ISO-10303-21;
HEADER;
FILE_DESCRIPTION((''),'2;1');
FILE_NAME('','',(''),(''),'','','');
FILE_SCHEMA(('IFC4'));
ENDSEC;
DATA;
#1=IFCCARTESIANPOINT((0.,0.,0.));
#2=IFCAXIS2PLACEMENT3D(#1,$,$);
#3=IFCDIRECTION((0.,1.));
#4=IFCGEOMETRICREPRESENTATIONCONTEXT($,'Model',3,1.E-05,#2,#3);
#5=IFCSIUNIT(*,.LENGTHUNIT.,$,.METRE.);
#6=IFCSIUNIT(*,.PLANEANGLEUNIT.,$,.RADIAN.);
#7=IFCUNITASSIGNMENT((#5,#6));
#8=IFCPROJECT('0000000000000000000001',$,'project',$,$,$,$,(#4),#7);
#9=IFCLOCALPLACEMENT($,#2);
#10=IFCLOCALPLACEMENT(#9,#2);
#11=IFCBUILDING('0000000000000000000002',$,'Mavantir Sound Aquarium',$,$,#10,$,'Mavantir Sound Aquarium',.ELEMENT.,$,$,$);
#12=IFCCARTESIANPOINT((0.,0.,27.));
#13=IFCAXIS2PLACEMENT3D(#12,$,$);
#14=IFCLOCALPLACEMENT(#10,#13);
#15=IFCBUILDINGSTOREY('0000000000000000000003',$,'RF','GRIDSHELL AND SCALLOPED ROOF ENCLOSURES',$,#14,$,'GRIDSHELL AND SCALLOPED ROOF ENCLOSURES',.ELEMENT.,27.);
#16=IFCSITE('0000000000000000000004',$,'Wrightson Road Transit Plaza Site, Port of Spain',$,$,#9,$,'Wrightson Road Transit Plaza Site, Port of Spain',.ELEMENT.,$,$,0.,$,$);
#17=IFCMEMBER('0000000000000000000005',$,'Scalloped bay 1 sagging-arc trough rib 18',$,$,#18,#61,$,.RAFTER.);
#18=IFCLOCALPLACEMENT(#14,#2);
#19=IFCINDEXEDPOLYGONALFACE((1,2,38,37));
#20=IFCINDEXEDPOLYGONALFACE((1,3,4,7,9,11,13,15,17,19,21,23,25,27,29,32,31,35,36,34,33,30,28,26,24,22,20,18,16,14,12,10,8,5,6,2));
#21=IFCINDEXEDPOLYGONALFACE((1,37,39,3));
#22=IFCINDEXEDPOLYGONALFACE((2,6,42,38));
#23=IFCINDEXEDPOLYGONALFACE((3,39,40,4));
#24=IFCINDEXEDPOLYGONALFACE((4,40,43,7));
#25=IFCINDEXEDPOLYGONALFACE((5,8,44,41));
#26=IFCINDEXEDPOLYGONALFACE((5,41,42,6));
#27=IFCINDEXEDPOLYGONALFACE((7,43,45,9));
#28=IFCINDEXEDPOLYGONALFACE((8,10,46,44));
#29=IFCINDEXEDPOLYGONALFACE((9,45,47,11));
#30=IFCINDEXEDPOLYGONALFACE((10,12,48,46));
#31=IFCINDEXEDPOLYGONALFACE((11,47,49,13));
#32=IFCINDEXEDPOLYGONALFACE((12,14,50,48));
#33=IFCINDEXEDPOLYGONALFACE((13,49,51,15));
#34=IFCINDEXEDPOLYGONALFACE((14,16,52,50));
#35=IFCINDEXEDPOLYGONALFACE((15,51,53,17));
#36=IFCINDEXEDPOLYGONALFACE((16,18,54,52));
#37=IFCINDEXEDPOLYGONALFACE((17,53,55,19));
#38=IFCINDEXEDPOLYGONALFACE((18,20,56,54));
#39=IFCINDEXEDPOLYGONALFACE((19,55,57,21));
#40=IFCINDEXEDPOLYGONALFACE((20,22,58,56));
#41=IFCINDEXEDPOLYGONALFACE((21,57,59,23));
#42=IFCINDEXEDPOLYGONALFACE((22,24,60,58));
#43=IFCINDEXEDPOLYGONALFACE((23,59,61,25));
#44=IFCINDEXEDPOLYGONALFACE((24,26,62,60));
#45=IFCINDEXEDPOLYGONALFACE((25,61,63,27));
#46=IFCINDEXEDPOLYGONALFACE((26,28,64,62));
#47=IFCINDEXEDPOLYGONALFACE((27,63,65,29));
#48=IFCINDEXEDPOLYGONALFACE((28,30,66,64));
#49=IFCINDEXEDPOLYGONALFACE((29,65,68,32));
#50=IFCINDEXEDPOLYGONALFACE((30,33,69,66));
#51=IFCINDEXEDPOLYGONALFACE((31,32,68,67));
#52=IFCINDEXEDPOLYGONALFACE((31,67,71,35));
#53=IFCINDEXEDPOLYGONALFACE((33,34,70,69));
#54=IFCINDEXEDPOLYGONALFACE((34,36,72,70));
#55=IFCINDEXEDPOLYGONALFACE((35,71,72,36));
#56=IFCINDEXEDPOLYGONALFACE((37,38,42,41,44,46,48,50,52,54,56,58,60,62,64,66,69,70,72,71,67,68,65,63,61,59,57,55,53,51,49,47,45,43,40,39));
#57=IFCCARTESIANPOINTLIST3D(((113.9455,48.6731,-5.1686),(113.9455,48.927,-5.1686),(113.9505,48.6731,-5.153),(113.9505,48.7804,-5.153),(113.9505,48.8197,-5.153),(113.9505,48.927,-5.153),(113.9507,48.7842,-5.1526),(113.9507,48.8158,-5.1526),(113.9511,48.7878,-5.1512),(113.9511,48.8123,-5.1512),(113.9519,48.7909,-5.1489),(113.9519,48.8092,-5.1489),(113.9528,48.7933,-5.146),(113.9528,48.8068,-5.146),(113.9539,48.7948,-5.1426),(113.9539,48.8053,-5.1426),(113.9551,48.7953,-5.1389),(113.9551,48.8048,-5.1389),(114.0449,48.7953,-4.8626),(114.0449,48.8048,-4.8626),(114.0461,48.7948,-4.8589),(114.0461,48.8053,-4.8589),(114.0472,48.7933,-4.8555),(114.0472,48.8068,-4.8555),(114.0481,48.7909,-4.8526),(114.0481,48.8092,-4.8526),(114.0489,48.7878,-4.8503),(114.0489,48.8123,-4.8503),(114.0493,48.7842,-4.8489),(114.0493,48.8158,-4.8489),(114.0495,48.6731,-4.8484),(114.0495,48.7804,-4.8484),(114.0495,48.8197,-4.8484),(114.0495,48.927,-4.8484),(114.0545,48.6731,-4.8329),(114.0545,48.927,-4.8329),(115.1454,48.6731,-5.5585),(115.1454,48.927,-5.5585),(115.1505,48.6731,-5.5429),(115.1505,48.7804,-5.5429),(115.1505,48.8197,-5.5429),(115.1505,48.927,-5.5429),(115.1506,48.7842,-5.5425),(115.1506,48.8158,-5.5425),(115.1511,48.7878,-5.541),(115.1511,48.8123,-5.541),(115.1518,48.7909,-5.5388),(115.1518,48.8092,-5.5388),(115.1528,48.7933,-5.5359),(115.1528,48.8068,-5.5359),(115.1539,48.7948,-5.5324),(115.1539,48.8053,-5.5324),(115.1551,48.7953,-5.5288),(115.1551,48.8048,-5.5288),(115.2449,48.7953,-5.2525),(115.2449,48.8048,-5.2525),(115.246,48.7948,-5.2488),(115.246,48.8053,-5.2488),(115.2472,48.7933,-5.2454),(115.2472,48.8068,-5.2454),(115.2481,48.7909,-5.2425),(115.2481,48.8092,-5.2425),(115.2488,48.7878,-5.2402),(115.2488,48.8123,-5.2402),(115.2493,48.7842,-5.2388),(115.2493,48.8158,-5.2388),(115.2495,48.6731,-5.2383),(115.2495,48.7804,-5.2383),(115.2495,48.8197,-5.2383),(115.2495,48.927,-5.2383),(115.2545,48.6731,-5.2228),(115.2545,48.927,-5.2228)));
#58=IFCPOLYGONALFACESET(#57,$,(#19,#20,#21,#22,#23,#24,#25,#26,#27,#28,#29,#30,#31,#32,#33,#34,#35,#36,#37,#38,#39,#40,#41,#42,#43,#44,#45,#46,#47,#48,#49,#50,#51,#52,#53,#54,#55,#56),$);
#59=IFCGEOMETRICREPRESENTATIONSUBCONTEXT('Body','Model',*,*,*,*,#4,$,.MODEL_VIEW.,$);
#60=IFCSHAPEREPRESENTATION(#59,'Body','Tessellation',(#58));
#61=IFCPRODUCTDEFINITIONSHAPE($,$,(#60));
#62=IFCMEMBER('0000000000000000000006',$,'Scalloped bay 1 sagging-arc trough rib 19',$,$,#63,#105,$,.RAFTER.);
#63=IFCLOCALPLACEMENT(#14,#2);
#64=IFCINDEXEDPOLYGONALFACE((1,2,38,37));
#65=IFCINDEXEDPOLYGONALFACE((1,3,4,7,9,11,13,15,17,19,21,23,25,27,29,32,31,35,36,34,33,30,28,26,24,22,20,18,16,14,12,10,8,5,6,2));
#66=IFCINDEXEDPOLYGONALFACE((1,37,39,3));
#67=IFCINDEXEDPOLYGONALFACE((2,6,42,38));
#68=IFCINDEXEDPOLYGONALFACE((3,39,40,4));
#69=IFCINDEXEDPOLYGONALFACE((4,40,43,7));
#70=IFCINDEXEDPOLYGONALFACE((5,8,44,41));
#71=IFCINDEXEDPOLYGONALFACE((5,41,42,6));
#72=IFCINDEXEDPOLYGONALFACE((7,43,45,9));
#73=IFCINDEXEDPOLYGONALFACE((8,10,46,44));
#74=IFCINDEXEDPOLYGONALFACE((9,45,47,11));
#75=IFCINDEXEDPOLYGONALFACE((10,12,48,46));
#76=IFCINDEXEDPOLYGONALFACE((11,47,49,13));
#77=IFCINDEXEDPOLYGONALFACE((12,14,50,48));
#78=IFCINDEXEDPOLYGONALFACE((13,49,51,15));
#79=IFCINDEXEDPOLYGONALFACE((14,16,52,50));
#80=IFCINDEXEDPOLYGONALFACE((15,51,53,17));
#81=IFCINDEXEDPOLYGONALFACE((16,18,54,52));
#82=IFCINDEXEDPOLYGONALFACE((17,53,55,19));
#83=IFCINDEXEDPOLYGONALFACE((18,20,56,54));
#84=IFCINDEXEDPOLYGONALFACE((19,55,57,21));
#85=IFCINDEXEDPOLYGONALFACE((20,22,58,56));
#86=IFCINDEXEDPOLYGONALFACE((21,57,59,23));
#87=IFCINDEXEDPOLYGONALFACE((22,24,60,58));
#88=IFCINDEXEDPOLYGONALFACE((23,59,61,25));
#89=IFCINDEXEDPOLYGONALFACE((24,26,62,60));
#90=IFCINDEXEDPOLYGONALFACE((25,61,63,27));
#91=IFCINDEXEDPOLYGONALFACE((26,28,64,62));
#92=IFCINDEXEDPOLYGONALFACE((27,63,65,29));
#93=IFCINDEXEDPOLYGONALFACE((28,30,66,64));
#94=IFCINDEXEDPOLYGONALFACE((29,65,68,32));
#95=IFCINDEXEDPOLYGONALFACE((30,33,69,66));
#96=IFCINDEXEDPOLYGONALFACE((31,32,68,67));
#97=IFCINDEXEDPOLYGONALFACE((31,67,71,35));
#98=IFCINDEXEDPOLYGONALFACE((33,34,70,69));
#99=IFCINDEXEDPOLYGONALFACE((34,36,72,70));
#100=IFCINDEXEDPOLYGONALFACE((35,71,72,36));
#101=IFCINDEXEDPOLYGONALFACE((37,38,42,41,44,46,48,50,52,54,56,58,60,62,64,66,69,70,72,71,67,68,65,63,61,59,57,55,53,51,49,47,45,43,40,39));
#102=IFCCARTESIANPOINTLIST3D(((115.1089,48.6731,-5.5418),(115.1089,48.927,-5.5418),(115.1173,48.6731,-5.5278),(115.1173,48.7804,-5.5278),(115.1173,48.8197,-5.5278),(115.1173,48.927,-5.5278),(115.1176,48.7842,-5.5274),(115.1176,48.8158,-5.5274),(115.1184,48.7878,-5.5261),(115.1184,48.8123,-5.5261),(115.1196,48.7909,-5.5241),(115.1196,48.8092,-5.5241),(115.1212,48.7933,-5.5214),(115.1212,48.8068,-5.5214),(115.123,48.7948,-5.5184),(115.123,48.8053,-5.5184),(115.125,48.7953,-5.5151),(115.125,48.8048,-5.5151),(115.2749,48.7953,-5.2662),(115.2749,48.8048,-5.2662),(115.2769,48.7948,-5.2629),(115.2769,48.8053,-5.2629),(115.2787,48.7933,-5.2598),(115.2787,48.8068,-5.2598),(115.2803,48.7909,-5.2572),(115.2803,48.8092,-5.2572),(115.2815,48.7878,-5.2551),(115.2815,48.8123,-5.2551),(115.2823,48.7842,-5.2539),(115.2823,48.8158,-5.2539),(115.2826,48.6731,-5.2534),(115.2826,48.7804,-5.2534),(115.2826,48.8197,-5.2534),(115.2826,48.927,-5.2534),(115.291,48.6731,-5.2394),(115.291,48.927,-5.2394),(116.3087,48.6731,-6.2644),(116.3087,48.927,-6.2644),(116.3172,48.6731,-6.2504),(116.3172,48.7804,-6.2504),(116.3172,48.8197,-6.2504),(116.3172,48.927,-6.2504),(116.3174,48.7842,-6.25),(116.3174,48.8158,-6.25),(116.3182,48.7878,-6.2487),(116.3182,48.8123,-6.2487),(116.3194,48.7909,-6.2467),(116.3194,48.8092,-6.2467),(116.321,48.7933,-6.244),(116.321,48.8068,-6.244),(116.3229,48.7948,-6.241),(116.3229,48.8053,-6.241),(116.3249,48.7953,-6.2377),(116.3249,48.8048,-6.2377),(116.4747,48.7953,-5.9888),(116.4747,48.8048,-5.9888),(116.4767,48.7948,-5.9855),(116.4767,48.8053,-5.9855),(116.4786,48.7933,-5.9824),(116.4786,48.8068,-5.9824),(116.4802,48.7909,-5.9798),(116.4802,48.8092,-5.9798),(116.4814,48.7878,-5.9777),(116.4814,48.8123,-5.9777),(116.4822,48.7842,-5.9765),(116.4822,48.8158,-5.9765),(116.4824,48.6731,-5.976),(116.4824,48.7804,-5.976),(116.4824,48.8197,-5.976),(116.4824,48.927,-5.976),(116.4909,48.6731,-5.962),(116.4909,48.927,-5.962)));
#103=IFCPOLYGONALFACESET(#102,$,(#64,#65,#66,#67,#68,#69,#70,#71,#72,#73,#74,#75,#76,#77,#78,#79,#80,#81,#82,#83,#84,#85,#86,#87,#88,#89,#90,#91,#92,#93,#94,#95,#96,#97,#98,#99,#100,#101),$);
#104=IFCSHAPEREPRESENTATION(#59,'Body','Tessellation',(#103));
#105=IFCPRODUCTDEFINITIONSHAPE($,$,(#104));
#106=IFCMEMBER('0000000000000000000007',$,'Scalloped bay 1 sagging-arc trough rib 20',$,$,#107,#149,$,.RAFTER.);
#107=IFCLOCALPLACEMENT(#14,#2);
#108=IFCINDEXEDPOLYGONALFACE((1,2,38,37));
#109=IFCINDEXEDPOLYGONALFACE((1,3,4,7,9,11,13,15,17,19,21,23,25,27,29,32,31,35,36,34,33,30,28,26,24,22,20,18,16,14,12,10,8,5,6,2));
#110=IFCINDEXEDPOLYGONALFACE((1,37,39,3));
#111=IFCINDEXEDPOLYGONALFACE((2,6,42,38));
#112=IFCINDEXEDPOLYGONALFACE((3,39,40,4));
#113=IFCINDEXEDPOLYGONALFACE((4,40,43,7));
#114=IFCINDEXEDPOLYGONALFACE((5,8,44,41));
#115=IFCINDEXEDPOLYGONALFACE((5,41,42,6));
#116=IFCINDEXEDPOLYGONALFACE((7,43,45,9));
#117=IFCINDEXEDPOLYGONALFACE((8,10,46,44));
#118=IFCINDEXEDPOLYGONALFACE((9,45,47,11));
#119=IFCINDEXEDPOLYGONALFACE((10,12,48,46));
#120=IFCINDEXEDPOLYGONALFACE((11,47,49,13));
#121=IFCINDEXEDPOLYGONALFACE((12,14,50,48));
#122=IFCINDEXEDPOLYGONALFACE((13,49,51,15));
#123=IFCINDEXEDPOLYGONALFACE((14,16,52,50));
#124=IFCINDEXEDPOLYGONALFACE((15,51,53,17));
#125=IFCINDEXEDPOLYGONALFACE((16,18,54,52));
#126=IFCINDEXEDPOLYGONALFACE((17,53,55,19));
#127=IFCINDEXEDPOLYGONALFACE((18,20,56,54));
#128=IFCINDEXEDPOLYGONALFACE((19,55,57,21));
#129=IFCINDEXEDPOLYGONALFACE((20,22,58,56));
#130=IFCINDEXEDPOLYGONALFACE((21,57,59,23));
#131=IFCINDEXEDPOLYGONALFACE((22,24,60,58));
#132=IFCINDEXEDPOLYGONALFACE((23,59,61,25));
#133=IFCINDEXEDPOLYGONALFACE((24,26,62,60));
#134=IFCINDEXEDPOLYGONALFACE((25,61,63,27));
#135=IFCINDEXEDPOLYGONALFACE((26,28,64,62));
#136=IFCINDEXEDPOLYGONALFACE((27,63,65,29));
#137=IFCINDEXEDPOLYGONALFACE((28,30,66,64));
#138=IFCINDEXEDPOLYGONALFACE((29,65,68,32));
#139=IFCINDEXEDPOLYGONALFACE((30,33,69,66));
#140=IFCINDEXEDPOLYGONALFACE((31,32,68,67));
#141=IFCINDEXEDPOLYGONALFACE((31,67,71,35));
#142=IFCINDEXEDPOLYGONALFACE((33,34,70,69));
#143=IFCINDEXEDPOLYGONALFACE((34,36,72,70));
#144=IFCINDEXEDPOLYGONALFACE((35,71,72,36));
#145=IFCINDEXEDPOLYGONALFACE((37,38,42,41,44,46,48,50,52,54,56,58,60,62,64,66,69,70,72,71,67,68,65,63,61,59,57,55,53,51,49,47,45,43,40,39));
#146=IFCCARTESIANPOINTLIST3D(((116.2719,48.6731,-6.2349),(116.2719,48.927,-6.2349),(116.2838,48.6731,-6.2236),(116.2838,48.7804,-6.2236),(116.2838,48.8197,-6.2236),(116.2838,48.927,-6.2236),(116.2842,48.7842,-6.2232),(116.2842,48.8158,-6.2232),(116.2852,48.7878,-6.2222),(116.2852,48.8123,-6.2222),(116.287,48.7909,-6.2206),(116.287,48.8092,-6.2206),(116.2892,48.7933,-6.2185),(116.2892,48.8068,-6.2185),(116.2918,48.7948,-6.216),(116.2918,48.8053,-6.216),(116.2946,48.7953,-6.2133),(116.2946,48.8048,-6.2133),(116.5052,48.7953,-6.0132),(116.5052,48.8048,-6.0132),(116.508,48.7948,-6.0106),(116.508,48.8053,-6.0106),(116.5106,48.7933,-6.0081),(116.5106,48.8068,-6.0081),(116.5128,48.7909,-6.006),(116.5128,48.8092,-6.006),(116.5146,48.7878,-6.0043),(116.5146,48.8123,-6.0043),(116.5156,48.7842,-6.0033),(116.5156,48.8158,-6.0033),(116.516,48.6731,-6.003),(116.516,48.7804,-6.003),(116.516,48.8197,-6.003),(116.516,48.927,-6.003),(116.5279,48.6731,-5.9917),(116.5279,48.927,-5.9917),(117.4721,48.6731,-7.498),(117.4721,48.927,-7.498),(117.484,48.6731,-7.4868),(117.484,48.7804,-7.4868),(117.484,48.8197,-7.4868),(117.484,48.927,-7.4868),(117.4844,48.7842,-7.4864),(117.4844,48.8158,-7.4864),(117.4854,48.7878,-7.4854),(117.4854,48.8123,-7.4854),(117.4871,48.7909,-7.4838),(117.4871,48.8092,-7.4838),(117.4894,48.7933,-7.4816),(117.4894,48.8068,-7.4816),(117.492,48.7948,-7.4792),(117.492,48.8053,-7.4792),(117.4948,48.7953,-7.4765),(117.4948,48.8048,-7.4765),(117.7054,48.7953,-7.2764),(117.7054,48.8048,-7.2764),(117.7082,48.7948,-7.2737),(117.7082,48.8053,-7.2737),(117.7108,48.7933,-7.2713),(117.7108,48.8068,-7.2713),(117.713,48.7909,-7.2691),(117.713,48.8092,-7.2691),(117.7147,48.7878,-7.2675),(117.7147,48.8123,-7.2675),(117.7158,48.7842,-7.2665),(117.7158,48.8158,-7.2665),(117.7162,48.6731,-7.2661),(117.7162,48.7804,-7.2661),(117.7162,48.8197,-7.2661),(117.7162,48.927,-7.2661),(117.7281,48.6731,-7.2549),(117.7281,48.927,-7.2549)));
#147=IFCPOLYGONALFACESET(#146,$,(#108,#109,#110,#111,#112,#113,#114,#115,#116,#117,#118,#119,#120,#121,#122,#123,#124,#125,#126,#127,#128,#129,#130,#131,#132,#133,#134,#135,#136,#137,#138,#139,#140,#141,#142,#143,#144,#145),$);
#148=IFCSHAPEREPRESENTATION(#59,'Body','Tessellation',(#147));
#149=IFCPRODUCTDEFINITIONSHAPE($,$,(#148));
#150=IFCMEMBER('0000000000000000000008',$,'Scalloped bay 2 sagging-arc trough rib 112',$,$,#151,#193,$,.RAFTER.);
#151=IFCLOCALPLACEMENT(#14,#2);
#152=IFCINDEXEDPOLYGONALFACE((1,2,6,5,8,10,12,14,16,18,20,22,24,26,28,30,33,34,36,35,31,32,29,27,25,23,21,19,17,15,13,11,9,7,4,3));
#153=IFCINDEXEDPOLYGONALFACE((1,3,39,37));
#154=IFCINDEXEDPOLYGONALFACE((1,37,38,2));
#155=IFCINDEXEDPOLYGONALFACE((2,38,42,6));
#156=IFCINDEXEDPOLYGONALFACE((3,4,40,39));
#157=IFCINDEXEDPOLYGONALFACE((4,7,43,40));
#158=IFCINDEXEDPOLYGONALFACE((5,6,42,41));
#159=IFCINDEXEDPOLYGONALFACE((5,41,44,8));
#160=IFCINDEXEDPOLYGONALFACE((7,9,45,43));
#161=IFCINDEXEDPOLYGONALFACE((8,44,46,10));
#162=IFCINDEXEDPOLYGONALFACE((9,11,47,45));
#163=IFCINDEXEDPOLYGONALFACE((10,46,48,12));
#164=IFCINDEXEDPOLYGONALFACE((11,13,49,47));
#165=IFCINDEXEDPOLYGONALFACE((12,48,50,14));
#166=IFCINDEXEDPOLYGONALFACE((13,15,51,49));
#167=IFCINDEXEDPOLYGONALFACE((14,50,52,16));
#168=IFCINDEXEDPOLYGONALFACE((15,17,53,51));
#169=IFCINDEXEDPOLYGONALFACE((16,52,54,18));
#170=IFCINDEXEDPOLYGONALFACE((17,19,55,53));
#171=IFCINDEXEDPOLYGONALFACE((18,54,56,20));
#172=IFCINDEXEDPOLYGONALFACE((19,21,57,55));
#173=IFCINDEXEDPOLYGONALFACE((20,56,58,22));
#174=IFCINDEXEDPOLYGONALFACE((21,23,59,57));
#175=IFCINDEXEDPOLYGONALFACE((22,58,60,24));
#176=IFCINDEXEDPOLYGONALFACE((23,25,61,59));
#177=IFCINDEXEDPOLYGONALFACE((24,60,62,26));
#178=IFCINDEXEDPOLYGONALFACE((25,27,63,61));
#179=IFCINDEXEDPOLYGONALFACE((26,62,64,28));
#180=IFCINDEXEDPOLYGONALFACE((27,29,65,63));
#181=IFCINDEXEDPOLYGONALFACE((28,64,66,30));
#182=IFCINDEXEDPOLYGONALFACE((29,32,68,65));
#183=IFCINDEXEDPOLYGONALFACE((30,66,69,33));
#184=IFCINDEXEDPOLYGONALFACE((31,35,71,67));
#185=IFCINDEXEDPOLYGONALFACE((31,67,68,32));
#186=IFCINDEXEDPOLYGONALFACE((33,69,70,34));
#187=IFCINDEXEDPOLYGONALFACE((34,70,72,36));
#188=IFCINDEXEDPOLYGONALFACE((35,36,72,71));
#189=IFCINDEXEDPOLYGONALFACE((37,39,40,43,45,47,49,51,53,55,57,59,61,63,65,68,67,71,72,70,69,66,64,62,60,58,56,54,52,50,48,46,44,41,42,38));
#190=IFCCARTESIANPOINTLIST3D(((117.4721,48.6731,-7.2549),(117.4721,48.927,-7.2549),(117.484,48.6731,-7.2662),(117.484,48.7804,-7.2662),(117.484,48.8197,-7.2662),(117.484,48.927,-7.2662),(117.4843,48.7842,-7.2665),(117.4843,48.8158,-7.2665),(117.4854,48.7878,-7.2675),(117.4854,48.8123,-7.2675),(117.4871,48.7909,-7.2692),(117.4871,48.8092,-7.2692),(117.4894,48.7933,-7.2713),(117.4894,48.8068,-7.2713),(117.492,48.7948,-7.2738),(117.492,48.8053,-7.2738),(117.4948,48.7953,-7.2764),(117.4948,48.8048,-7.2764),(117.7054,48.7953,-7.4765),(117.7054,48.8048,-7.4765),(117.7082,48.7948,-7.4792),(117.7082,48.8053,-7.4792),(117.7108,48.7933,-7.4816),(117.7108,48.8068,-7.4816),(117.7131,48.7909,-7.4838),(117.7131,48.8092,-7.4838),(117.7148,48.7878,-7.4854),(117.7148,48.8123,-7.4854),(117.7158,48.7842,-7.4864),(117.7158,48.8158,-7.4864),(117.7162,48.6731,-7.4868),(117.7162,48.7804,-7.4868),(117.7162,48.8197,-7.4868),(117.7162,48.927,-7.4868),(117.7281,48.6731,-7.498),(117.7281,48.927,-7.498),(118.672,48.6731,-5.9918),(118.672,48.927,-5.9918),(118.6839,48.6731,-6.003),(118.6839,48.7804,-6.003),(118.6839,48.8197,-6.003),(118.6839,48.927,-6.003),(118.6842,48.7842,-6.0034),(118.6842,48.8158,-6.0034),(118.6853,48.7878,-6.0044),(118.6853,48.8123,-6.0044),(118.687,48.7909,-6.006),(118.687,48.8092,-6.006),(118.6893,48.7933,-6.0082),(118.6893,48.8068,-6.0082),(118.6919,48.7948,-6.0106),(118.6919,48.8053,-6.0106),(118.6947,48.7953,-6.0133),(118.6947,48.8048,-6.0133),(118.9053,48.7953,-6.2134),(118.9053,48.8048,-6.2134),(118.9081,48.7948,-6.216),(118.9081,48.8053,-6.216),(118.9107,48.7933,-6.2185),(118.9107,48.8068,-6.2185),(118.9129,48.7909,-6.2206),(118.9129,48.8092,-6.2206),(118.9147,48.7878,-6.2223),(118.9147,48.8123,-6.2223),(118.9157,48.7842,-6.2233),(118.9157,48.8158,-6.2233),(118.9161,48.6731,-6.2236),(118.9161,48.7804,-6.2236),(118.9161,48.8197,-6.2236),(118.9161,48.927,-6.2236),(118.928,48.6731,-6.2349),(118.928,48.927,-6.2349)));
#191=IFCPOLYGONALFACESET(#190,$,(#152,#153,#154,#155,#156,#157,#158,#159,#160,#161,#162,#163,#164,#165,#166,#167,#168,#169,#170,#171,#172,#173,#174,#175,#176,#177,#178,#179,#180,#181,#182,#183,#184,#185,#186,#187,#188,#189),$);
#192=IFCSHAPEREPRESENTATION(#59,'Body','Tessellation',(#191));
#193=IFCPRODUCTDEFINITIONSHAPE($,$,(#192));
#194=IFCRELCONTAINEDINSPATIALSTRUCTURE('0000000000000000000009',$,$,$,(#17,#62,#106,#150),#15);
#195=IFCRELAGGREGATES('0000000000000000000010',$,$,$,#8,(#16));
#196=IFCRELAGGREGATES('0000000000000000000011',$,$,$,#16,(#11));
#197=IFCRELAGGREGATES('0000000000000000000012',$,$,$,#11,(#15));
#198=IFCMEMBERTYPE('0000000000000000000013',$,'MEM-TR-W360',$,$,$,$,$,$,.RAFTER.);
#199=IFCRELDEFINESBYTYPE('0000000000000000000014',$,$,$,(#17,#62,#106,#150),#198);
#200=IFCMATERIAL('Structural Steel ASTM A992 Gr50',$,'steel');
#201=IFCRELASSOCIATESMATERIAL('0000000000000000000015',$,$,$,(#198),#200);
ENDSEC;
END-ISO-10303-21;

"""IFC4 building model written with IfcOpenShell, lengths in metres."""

from ifc_helpers import new_model, si_unit, direction, frame, origin, origin_2d, place, context, subcontext, project, spatial, i_section, extrude, material, material_profile, profile_set, type_object, element, save


model = new_model("IFC4")

# Units and contexts
model_context = context("Model", 3, precision=1e-05, world=origin(), true_north=direction((0.0, 1.0)))
body_context = subcontext(model_context, "Body", "Model", "MODEL_VIEW")
ifc_project = project(units=[si_unit("LENGTHUNIT", "METRE"), si_unit("PLANEANGLEUNIT", "RADIAN")], contexts=[model_context])

# Site, building, storey
site_placement = place(None, origin())
site = spatial("IfcSite", under=ifc_project, at=site_placement, Name="Wrightson Road Transit Plaza Site, Port of Spain", LongName="Wrightson Road Transit Plaza Site, Port of Spain", CompositionType="ELEMENT", RefElevation=0.0)
building_placement = place(site_placement, origin())
building = spatial("IfcBuilding", under=site, at=building_placement, Name="Mavantir Sound Aquarium", LongName="Mavantir Sound Aquarium", CompositionType="ELEMENT")
storey_placement = place(building_placement, frame((0.0, 0.0, 27.0)))
storey = spatial("IfcBuildingStorey", under=building, at=storey_placement, Name="RF", Description="GRIDSHELL AND SCALLOPED ROOF ENCLOSURES", LongName="GRIDSHELL AND SCALLOPED ROOF ENCLOSURES", CompositionType="ELEMENT", Elevation=27.0)

# Shared definitions
ifc_material_1 = material(Name="Structural Steel ASTM A992 Gr50", Category="steel")

# Members
ifc_material_profile_1 = material_profile(ifc_material_1, i_section(OverallWidth=0.2539, OverallDepth=0.353, WebThickness=0.0095, FlangeThickness=0.0164, FilletRadius=0.0149, at=origin_2d()), Name="W360X91")
ifc_profile_set_1 = profile_set([ifc_material_profile_1], Name="Structural Steel ASTM A992 Gr50")
member_type_1 = type_object("IfcMemberType", Name="MEM-TR-W360", PredefinedType="RAFTER", material=ifc_profile_set_1)
member_1_placement = place(storey_placement, frame((114.0, 48.8, -5.0007), z_axis=(0.951055, 0.0, -0.30902), x_axis=(0.0, 1.0, 0.0)))
element("IfcMember", 1, at=member_1_placement, inside=storey, type_object=member_type_1, Name="Scalloped bay 1 sagging-arc trough rib 18", PredefinedType="RAFTER", context=body_context, shape_type="SweptSolid", body=[
    extrude(i_section(OverallWidth=0.2539, OverallDepth=0.353, WebThickness=0.0095, FlangeThickness=0.0164, FilletRadius=0.0149, at=origin_2d()), origin(), (0.0, 0.0, 1.0), 1.2617),
])
member_2_placement = place(storey_placement, frame((115.2, 48.8, -5.3906), z_axis=(0.856646, 0.0, -0.515905), x_axis=(0.0, 1.0, 0.0)))
element("IfcMember", 2, at=member_2_placement, inside=storey, type_object=member_type_1, Name="Scalloped bay 1 sagging-arc trough rib 19", PredefinedType="RAFTER", context=body_context, shape_type="SweptSolid", body=[
    extrude(i_section(OverallWidth=0.2539, OverallDepth=0.353, WebThickness=0.0095, FlangeThickness=0.0164, FilletRadius=0.0149, at=origin_2d()), origin(), (0.0, 0.0, 1.0), 1.4006),
])
member_3_placement = place(storey_placement, frame((116.3999, 48.8, -6.1133), z_axis=(0.688801, 0.0, -0.72495), x_axis=(0.0, 1.0, 0.0)))
element("IfcMember", 3, at=member_3_placement, inside=storey, type_object=member_type_1, Name="Scalloped bay 1 sagging-arc trough rib 20", PredefinedType="RAFTER", context=body_context, shape_type="SweptSolid", body=[
    extrude(i_section(OverallWidth=0.2539, OverallDepth=0.353, WebThickness=0.0095, FlangeThickness=0.0164, FilletRadius=0.0149, at=origin_2d()), origin(), (0.0, 0.0, 1.0), 1.7424),
])
member_4_placement = place(storey_placement, frame((117.6001, 48.8, -7.3765), z_axis=(0.688727, 0.0, 0.72502), x_axis=(0.0, 1.0, 0.0)))
element("IfcMember", 4, at=member_4_placement, inside=storey, type_object=member_type_1, Name="Scalloped bay 2 sagging-arc trough rib 112", PredefinedType="RAFTER", context=body_context, shape_type="SweptSolid", body=[
    extrude(i_section(OverallWidth=0.2539, OverallDepth=0.353, WebThickness=0.0095, FlangeThickness=0.0164, FilletRadius=0.0149, at=origin_2d()), origin(), (0.0, 0.0, 1.0), 1.7422),
])

save(model, "model.ifc")
